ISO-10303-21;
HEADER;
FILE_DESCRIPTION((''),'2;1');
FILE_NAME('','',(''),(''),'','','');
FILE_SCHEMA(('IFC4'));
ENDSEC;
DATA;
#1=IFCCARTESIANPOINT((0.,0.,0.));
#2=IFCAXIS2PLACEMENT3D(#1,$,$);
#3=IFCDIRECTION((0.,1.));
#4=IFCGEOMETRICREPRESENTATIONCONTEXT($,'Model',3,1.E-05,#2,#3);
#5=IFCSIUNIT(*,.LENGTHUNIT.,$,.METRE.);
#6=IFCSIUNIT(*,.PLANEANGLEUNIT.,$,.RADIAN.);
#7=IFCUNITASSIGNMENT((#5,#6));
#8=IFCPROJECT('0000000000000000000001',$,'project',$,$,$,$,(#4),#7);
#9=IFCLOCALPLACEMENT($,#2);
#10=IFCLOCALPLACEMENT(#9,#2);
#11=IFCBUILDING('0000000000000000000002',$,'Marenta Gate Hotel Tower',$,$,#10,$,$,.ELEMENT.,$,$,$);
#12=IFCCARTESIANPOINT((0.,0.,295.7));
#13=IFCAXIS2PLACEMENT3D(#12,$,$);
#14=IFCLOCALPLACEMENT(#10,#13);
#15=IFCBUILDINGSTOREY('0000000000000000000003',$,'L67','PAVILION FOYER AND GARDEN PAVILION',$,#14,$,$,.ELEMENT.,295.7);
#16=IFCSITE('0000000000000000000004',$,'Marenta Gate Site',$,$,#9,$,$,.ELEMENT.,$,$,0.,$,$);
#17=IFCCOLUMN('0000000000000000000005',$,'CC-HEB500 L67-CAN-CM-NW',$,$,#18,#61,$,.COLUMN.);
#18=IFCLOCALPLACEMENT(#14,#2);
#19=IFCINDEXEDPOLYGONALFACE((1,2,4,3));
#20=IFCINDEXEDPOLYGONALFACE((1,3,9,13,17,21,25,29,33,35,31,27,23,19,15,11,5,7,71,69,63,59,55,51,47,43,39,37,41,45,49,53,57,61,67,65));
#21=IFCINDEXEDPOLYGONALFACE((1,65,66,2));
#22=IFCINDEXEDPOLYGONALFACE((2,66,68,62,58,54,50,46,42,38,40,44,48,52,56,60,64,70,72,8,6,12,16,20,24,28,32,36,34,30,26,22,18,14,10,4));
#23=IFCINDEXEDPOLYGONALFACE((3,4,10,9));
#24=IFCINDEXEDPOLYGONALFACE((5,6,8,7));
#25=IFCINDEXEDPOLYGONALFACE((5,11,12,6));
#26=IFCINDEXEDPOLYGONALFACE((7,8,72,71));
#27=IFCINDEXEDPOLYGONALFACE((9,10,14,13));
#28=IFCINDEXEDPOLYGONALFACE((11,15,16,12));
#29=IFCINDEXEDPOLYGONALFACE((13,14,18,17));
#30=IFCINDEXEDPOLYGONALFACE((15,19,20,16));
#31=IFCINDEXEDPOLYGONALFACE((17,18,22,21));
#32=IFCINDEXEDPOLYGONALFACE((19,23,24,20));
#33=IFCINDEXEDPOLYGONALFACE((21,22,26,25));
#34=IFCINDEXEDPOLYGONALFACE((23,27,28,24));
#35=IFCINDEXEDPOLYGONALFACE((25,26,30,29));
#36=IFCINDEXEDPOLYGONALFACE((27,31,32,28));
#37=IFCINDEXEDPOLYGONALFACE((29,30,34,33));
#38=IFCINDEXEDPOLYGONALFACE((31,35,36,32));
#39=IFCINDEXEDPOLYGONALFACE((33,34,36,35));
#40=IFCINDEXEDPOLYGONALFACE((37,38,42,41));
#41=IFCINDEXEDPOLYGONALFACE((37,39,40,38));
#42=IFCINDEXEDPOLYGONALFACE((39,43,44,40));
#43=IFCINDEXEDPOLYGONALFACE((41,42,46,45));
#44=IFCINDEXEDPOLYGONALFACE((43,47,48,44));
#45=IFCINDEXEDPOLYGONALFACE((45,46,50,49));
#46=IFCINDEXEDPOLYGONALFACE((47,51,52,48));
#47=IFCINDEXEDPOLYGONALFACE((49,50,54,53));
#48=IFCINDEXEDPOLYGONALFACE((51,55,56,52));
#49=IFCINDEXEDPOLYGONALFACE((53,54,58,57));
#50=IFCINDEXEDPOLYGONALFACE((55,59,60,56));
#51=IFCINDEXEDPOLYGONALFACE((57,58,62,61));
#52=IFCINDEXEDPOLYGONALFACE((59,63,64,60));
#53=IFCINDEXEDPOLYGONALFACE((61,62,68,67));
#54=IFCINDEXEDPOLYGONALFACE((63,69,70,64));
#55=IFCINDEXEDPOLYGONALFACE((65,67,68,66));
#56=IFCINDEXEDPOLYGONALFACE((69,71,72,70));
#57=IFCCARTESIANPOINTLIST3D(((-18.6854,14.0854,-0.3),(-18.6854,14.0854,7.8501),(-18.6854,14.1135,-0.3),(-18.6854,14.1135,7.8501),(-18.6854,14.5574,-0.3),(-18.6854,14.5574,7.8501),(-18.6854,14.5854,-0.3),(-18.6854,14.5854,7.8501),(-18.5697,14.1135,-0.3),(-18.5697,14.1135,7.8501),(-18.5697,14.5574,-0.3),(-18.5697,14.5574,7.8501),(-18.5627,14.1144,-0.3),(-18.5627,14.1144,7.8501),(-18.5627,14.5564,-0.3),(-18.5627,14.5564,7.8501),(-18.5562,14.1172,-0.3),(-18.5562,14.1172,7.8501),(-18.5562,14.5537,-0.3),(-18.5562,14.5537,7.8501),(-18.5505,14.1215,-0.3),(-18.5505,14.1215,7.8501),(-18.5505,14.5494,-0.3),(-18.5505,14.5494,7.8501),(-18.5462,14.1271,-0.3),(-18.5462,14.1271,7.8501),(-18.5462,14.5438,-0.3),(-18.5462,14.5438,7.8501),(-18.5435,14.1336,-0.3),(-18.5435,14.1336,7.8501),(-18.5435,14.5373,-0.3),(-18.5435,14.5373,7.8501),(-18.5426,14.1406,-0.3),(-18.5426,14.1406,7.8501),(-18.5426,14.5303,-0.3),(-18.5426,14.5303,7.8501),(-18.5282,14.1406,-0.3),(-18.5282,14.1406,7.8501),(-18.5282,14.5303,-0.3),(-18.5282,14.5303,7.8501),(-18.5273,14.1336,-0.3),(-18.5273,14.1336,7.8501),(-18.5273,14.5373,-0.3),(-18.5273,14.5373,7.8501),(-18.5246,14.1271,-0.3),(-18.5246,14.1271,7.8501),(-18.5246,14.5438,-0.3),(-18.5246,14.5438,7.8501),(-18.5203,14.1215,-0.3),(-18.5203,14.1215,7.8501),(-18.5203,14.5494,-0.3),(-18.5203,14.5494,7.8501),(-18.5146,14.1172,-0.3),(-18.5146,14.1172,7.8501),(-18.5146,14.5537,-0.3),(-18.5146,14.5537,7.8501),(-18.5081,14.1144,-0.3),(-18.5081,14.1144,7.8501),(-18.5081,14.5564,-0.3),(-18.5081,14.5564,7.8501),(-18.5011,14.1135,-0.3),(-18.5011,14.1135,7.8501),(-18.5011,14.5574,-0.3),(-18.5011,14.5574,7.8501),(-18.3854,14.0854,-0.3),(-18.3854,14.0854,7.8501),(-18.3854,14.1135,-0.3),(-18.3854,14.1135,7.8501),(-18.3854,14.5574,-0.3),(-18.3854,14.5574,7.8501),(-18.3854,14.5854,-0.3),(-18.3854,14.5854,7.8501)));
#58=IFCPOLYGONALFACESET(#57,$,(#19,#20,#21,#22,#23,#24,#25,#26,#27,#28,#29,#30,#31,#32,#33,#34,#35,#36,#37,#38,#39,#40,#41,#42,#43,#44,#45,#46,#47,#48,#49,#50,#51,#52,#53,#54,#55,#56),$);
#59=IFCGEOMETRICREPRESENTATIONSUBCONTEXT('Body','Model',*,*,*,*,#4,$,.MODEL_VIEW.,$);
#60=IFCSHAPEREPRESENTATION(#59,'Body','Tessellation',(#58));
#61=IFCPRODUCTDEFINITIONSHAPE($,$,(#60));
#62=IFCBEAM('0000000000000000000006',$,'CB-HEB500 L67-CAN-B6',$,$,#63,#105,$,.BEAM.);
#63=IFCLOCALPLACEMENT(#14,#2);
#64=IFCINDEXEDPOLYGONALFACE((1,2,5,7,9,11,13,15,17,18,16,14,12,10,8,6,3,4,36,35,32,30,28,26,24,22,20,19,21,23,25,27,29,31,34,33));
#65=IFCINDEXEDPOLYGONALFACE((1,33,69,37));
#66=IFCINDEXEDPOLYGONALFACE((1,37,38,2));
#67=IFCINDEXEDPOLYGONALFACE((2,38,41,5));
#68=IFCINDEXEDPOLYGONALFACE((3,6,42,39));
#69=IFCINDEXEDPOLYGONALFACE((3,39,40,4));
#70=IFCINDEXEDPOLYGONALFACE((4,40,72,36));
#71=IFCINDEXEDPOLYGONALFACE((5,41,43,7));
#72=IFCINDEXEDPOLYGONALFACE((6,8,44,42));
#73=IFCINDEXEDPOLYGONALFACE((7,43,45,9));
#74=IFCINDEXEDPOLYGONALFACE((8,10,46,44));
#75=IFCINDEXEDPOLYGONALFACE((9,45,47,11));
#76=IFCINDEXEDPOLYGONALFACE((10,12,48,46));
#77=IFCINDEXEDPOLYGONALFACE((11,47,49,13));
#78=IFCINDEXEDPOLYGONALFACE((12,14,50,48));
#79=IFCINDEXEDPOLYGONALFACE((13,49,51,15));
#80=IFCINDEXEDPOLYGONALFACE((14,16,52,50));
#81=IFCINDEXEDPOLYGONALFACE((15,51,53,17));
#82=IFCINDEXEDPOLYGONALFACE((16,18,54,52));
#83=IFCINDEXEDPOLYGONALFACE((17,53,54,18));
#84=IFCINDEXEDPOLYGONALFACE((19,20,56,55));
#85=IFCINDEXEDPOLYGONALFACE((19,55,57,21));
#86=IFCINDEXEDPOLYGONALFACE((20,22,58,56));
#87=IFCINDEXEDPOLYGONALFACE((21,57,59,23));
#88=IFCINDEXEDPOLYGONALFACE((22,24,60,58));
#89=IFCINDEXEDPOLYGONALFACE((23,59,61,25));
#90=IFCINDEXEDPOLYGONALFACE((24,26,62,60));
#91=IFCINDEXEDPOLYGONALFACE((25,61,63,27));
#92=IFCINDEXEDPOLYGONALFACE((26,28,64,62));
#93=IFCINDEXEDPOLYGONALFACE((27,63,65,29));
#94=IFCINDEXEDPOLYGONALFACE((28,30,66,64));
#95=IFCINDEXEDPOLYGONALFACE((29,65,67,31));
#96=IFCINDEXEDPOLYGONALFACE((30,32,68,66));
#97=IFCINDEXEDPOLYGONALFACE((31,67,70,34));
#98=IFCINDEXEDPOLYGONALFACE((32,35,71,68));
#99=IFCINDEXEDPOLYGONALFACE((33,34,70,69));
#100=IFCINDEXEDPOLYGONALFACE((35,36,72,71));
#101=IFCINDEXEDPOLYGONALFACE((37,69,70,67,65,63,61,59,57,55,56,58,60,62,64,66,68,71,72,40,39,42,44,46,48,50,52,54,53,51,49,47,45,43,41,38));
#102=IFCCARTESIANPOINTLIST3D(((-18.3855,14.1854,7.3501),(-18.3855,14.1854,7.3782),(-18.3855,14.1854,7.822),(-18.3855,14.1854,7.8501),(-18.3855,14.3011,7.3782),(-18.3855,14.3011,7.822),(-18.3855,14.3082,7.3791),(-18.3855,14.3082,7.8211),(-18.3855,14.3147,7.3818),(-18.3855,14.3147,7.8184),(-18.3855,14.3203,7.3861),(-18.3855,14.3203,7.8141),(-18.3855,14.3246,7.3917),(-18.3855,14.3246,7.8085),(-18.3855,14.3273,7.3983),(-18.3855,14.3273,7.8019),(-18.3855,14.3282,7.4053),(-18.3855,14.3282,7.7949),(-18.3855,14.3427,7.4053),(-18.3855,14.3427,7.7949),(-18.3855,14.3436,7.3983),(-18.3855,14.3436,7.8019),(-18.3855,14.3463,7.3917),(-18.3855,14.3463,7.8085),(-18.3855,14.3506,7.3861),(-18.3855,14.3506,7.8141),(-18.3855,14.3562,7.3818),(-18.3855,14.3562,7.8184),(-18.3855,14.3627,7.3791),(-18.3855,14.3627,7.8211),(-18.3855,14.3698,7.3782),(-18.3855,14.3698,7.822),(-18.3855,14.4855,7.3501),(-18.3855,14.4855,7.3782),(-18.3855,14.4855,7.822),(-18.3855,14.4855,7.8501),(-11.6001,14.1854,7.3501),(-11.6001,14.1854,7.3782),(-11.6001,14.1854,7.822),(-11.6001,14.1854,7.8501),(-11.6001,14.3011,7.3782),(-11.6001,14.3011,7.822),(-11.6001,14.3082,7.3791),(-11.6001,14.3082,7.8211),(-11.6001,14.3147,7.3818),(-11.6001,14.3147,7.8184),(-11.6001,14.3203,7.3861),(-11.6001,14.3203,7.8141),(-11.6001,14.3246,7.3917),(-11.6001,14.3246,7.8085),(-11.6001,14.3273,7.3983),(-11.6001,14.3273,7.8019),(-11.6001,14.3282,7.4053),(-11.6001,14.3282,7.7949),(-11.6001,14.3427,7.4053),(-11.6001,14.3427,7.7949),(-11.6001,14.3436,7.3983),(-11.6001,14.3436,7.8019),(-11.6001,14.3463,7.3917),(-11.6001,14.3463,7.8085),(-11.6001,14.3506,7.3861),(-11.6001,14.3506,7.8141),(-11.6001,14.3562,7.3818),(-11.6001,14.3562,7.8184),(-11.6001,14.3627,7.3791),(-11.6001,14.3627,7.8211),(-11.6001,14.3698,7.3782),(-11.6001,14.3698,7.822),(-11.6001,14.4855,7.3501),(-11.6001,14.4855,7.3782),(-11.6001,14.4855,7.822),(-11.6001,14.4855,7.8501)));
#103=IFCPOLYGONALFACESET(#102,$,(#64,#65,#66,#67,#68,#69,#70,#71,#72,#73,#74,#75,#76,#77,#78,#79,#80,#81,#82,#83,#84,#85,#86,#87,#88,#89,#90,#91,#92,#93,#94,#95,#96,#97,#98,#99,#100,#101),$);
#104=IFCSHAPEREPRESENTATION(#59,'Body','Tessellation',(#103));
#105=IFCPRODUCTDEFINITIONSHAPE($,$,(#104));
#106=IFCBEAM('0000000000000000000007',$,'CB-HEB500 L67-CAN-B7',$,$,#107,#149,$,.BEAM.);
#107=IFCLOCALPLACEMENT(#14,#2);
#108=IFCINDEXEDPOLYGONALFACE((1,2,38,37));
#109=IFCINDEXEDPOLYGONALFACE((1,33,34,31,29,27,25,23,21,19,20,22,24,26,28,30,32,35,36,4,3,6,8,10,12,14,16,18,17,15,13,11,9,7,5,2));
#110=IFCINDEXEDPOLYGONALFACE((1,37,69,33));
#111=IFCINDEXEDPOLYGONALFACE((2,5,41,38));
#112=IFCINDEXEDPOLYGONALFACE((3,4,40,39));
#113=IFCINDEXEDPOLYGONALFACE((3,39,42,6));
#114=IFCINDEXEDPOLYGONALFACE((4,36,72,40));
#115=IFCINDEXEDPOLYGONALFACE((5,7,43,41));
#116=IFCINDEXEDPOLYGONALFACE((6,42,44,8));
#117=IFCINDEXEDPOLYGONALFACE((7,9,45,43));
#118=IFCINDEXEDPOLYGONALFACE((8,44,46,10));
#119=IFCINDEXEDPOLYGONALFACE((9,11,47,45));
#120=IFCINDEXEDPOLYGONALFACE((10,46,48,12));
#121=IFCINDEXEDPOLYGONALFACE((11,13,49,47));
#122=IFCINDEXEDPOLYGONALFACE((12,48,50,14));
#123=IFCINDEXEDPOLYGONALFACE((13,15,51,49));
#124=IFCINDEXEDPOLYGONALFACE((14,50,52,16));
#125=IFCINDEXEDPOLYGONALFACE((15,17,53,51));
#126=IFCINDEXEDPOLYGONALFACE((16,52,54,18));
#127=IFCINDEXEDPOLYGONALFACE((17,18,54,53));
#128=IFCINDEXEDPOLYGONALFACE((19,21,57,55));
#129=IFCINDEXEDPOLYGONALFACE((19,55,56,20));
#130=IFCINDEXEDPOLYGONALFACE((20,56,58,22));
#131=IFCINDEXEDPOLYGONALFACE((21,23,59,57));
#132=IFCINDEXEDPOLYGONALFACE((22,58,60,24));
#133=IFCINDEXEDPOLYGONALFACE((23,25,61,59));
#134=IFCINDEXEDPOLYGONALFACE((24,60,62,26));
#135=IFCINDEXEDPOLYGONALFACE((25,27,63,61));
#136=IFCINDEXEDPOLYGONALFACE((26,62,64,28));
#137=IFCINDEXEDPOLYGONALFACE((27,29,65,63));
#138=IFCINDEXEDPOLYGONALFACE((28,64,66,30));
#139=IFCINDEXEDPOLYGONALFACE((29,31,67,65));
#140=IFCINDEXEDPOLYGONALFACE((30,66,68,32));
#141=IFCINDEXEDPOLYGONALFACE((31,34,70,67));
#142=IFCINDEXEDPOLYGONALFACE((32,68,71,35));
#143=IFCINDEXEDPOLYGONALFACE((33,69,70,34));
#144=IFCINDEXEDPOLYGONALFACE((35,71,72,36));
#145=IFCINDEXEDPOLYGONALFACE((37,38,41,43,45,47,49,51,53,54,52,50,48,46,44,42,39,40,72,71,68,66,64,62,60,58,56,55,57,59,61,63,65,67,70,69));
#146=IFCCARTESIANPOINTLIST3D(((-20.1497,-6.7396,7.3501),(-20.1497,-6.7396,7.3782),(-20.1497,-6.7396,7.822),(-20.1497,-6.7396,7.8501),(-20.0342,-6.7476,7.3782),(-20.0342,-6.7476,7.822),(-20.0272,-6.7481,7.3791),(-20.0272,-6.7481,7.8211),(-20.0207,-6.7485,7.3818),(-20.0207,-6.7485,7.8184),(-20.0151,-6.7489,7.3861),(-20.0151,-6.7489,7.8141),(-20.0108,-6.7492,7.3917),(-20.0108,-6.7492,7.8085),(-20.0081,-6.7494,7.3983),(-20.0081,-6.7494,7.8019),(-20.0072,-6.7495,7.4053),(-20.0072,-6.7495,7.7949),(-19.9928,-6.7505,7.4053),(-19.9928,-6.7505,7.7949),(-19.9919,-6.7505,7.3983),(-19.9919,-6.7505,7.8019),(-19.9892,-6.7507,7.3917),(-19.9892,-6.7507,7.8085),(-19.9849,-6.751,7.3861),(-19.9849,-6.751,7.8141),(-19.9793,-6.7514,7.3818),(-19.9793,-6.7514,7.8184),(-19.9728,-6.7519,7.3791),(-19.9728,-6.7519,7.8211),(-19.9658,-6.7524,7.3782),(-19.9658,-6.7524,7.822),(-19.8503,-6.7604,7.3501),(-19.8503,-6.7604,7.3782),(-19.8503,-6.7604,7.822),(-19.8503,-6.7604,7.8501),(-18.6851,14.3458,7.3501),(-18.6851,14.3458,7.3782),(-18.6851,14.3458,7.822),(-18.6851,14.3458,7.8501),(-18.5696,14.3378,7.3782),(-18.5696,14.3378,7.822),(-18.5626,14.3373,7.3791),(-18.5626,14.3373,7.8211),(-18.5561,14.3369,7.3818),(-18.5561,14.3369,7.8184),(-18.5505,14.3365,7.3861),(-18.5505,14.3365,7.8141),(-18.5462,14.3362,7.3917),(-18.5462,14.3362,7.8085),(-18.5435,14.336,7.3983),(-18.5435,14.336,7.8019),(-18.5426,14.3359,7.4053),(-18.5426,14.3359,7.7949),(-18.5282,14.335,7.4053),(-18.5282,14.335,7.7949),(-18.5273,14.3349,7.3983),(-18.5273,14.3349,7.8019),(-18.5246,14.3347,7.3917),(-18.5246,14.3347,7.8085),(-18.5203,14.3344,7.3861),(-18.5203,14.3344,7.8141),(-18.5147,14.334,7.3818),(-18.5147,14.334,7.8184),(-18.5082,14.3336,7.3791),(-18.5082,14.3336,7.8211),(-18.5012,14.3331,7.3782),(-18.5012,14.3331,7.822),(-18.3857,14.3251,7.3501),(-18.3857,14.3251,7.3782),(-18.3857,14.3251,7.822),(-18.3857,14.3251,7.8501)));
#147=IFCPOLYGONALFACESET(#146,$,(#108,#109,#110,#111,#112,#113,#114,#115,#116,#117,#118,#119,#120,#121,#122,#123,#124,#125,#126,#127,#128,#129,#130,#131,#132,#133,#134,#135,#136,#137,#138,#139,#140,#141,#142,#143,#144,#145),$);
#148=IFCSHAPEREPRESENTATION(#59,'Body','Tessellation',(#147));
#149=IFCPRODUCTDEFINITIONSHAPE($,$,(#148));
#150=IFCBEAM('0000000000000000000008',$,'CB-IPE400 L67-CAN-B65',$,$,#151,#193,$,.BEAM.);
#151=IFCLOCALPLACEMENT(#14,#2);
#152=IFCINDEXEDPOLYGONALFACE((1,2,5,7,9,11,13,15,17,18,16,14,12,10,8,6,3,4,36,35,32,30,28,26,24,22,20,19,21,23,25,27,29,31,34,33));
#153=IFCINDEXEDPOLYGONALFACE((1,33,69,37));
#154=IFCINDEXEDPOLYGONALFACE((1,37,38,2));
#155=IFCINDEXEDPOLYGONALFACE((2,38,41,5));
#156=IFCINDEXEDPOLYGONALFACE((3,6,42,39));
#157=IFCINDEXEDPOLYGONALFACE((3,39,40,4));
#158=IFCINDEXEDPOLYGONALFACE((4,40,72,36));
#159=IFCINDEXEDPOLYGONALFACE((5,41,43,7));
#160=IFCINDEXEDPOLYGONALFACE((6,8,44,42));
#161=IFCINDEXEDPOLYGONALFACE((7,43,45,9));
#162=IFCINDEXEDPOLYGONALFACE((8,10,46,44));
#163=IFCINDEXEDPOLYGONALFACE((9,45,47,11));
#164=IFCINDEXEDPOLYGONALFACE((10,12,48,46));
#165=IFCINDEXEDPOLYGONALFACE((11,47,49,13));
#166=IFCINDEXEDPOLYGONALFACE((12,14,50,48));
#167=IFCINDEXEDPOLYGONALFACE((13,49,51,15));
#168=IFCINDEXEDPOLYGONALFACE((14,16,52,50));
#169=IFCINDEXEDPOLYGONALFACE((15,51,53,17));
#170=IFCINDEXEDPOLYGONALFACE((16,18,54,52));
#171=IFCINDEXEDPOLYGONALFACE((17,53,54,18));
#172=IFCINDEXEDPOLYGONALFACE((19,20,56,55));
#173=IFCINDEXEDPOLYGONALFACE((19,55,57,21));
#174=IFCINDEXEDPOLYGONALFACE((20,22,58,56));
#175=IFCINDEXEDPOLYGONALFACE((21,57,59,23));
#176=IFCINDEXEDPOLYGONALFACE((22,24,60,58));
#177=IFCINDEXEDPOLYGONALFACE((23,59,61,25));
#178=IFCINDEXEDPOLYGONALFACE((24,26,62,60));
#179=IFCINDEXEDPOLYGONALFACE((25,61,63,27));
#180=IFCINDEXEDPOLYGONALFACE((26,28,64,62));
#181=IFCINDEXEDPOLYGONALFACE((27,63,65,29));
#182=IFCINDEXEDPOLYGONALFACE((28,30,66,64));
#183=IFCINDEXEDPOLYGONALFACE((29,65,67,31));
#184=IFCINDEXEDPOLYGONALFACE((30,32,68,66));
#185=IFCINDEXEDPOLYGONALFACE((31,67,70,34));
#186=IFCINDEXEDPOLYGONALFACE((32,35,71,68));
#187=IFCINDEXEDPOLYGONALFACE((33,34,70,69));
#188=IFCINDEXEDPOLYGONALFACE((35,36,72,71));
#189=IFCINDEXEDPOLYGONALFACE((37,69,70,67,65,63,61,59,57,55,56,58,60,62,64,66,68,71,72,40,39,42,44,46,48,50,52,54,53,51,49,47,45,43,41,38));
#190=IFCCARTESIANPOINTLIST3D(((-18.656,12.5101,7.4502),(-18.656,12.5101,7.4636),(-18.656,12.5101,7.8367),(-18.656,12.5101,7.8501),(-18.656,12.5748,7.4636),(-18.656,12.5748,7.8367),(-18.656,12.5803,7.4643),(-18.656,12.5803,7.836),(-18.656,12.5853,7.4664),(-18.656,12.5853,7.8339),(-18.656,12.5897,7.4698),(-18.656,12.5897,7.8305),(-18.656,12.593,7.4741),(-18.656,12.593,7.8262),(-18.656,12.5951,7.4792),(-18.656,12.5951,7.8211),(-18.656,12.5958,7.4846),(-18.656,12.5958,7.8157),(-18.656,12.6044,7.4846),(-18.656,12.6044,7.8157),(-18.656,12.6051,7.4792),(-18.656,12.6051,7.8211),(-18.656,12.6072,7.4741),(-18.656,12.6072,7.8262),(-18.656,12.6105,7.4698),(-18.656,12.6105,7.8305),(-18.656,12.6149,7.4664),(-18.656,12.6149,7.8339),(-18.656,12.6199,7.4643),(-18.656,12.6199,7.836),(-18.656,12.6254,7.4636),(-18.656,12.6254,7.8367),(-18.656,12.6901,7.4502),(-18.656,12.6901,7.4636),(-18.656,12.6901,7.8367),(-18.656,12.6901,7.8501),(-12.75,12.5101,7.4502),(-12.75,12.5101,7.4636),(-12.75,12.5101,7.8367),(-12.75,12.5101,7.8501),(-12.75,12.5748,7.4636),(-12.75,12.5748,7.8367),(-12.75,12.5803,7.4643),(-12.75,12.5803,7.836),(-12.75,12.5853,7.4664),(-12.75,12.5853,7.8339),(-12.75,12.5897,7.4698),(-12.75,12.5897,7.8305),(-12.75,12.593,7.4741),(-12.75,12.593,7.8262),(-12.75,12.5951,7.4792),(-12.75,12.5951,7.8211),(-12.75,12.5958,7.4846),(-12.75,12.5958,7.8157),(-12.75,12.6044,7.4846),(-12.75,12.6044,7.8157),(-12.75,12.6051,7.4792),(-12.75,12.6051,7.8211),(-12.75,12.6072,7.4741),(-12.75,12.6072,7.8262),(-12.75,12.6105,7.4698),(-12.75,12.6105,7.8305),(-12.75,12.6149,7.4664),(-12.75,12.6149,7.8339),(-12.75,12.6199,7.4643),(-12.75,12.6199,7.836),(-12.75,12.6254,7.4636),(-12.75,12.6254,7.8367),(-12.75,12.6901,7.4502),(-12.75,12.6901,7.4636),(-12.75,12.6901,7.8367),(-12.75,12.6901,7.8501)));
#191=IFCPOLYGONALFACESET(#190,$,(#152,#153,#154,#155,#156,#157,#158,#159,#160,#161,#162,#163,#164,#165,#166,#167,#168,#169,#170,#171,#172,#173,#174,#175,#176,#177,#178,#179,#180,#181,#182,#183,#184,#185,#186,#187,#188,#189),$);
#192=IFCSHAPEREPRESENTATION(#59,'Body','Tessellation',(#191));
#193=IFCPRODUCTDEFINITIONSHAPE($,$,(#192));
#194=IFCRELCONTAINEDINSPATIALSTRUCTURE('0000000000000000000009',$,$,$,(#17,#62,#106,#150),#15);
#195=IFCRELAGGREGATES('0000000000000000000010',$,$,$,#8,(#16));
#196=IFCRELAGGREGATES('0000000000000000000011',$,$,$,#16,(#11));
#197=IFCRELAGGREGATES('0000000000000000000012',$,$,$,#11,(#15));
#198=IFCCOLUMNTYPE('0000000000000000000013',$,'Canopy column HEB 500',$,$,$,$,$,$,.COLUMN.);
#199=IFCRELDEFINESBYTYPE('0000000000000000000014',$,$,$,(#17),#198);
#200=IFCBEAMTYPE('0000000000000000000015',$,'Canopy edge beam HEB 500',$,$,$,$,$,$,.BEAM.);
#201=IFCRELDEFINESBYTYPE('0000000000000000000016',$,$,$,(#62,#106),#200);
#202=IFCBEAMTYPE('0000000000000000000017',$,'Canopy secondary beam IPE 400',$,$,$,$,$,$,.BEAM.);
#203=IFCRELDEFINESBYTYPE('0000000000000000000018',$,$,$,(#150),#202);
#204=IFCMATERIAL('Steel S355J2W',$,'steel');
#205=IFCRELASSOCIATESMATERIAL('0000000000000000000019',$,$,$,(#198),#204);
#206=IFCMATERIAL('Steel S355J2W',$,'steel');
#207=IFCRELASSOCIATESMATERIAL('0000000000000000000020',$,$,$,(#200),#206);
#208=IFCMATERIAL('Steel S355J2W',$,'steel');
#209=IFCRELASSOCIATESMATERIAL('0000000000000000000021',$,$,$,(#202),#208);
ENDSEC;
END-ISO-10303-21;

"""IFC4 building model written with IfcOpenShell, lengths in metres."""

from ifc_helpers import new_model, si_unit, direction, frame, origin, origin_2d, place, context, subcontext, project, spatial, i_section, extrude, material, material_profile, profile_set, type_object, element, save


model = new_model("IFC4")

# Units and contexts
model_context = context("Model", 3, precision=1e-05, world=origin(), true_north=direction((0.0, 1.0)))
body_context = subcontext(model_context, "Body", "Model", "MODEL_VIEW")
ifc_project = project(units=[si_unit("LENGTHUNIT", "METRE"), si_unit("PLANEANGLEUNIT", "RADIAN")], contexts=[model_context])

# Site, building, storey
site_placement = place(None, origin())
site = spatial("IfcSite", under=ifc_project, at=site_placement, Name="Marenta Gate Site", CompositionType="ELEMENT", RefElevation=0.0)
building_placement = place(site_placement, origin())
building = spatial("IfcBuilding", under=site, at=building_placement, Name="Marenta Gate Hotel Tower", CompositionType="ELEMENT")
storey_placement = place(building_placement, frame((0.0, 0.0, 295.7)))
storey = spatial("IfcBuildingStorey", under=building, at=storey_placement, Name="L67", Description="PAVILION FOYER AND GARDEN PAVILION", CompositionType="ELEMENT", Elevation=295.7)

# Column
ifc_material_1 = material(Name="Steel S355J2W", Category="steel")
ifc_material_profile_1 = material_profile(ifc_material_1, i_section(OverallWidth=0.3, OverallDepth=0.5, WebThickness=0.0144, FlangeThickness=0.0281, FilletRadius=0.0271, at=origin_2d()), Name="HEB 500")
ifc_profile_set_1 = profile_set([ifc_material_profile_1], Name="Steel S355J2W")
column_type = type_object("IfcColumnType", Name="Canopy column HEB 500", PredefinedType="COLUMN", material=ifc_profile_set_1)
column_placement = place(storey_placement, frame((-18.5354, 14.3354, -0.3), z_axis=(0.0, 0.0, 1.0), x_axis=(1.0, 0.0, 0.0)))
element("IfcColumn", 1, at=column_placement, inside=storey, type_object=column_type, Name="CC-HEB500 L67-CAN-CM-NW", PredefinedType="COLUMN", context=body_context, shape_type="SweptSolid", body=[
    extrude(i_section(OverallWidth=0.3, OverallDepth=0.5, WebThickness=0.0144, FlangeThickness=0.0281, FilletRadius=0.0271, at=origin_2d()), origin(), (0.0, 0.0, 1.0), 8.1501),
])

# Beams
ifc_material_2 = material(Name="Steel S355J2W", Category="steel")
ifc_material_profile_2 = material_profile(ifc_material_2, i_section(OverallWidth=0.3, OverallDepth=0.5, WebThickness=0.0144, FlangeThickness=0.0281, FilletRadius=0.0271, at=origin_2d()), Name="HEB 500")
ifc_profile_set_2 = profile_set([ifc_material_profile_2], Name="Steel S355J2W")
beam_type_1 = type_object("IfcBeamType", Name="Canopy edge beam HEB 500", PredefinedType="BEAM", material=ifc_profile_set_2)
beam_1_placement = place(storey_placement, frame((-11.6001, 14.3354, 7.6001), z_axis=(-1.0, 0.0, 0.0), x_axis=(0.0, -1.0, 0.0)))
element("IfcBeam", 2, at=beam_1_placement, inside=storey, type_object=beam_type_1, Name="CB-HEB500 L67-CAN-B6", PredefinedType="BEAM", context=body_context, shape_type="SweptSolid", body=[
    extrude(i_section(OverallWidth=0.3, OverallDepth=0.5, WebThickness=0.0144, FlangeThickness=0.0281, FilletRadius=0.0271, at=origin_2d()), origin(), (0.0, 0.0, 1.0), 6.7854),
])
beam_2_placement = place(storey_placement, frame((-18.5354, 14.3354, 7.6001), z_axis=(-0.069293, -0.997596, 0.0), x_axis=(0.997596, -0.069293, 0.0)))
element("IfcBeam", 3, at=beam_2_placement, inside=storey, type_object=beam_type_1, Name="CB-HEB500 L67-CAN-B7", PredefinedType="BEAM", context=body_context, shape_type="SweptSolid", body=[
    extrude(i_section(OverallWidth=0.3, OverallDepth=0.5, WebThickness=0.0144, FlangeThickness=0.0281, FilletRadius=0.0271, at=origin_2d()), origin(), (0.0, 0.0, 1.0), 21.1362),
])
ifc_material_3 = material(Name="Steel S355J2W", Category="steel")
ifc_material_profile_3 = material_profile(ifc_material_3, i_section(OverallWidth=0.1799, OverallDepth=0.3999, WebThickness=0.0085, FlangeThickness=0.0134, FilletRadius=0.021, at=origin_2d()), Name="IPE 400")
ifc_profile_set_3 = profile_set([ifc_material_profile_3], Name="Steel S355J2W")
beam_type_2 = type_object("IfcBeamType", Name="Canopy secondary beam IPE 400", PredefinedType="BEAM", material=ifc_profile_set_3)
beam_3_placement = place(storey_placement, frame((-18.656, 12.6001, 7.6501), z_axis=(1.0, 0.0, 0.0), x_axis=(0.0, 1.0, 0.0)))
element("IfcBeam", 4, at=beam_3_placement, inside=storey, type_object=beam_type_2, Name="CB-IPE400 L67-CAN-B65", PredefinedType="BEAM", context=body_context, shape_type="SweptSolid", body=[
    extrude(i_section(OverallWidth=0.1799, OverallDepth=0.3999, WebThickness=0.0085, FlangeThickness=0.0134, FilletRadius=0.021, at=origin_2d()), origin(), (0.0, 0.0, 1.0), 5.906),
])

save(model, "model.ifc")
